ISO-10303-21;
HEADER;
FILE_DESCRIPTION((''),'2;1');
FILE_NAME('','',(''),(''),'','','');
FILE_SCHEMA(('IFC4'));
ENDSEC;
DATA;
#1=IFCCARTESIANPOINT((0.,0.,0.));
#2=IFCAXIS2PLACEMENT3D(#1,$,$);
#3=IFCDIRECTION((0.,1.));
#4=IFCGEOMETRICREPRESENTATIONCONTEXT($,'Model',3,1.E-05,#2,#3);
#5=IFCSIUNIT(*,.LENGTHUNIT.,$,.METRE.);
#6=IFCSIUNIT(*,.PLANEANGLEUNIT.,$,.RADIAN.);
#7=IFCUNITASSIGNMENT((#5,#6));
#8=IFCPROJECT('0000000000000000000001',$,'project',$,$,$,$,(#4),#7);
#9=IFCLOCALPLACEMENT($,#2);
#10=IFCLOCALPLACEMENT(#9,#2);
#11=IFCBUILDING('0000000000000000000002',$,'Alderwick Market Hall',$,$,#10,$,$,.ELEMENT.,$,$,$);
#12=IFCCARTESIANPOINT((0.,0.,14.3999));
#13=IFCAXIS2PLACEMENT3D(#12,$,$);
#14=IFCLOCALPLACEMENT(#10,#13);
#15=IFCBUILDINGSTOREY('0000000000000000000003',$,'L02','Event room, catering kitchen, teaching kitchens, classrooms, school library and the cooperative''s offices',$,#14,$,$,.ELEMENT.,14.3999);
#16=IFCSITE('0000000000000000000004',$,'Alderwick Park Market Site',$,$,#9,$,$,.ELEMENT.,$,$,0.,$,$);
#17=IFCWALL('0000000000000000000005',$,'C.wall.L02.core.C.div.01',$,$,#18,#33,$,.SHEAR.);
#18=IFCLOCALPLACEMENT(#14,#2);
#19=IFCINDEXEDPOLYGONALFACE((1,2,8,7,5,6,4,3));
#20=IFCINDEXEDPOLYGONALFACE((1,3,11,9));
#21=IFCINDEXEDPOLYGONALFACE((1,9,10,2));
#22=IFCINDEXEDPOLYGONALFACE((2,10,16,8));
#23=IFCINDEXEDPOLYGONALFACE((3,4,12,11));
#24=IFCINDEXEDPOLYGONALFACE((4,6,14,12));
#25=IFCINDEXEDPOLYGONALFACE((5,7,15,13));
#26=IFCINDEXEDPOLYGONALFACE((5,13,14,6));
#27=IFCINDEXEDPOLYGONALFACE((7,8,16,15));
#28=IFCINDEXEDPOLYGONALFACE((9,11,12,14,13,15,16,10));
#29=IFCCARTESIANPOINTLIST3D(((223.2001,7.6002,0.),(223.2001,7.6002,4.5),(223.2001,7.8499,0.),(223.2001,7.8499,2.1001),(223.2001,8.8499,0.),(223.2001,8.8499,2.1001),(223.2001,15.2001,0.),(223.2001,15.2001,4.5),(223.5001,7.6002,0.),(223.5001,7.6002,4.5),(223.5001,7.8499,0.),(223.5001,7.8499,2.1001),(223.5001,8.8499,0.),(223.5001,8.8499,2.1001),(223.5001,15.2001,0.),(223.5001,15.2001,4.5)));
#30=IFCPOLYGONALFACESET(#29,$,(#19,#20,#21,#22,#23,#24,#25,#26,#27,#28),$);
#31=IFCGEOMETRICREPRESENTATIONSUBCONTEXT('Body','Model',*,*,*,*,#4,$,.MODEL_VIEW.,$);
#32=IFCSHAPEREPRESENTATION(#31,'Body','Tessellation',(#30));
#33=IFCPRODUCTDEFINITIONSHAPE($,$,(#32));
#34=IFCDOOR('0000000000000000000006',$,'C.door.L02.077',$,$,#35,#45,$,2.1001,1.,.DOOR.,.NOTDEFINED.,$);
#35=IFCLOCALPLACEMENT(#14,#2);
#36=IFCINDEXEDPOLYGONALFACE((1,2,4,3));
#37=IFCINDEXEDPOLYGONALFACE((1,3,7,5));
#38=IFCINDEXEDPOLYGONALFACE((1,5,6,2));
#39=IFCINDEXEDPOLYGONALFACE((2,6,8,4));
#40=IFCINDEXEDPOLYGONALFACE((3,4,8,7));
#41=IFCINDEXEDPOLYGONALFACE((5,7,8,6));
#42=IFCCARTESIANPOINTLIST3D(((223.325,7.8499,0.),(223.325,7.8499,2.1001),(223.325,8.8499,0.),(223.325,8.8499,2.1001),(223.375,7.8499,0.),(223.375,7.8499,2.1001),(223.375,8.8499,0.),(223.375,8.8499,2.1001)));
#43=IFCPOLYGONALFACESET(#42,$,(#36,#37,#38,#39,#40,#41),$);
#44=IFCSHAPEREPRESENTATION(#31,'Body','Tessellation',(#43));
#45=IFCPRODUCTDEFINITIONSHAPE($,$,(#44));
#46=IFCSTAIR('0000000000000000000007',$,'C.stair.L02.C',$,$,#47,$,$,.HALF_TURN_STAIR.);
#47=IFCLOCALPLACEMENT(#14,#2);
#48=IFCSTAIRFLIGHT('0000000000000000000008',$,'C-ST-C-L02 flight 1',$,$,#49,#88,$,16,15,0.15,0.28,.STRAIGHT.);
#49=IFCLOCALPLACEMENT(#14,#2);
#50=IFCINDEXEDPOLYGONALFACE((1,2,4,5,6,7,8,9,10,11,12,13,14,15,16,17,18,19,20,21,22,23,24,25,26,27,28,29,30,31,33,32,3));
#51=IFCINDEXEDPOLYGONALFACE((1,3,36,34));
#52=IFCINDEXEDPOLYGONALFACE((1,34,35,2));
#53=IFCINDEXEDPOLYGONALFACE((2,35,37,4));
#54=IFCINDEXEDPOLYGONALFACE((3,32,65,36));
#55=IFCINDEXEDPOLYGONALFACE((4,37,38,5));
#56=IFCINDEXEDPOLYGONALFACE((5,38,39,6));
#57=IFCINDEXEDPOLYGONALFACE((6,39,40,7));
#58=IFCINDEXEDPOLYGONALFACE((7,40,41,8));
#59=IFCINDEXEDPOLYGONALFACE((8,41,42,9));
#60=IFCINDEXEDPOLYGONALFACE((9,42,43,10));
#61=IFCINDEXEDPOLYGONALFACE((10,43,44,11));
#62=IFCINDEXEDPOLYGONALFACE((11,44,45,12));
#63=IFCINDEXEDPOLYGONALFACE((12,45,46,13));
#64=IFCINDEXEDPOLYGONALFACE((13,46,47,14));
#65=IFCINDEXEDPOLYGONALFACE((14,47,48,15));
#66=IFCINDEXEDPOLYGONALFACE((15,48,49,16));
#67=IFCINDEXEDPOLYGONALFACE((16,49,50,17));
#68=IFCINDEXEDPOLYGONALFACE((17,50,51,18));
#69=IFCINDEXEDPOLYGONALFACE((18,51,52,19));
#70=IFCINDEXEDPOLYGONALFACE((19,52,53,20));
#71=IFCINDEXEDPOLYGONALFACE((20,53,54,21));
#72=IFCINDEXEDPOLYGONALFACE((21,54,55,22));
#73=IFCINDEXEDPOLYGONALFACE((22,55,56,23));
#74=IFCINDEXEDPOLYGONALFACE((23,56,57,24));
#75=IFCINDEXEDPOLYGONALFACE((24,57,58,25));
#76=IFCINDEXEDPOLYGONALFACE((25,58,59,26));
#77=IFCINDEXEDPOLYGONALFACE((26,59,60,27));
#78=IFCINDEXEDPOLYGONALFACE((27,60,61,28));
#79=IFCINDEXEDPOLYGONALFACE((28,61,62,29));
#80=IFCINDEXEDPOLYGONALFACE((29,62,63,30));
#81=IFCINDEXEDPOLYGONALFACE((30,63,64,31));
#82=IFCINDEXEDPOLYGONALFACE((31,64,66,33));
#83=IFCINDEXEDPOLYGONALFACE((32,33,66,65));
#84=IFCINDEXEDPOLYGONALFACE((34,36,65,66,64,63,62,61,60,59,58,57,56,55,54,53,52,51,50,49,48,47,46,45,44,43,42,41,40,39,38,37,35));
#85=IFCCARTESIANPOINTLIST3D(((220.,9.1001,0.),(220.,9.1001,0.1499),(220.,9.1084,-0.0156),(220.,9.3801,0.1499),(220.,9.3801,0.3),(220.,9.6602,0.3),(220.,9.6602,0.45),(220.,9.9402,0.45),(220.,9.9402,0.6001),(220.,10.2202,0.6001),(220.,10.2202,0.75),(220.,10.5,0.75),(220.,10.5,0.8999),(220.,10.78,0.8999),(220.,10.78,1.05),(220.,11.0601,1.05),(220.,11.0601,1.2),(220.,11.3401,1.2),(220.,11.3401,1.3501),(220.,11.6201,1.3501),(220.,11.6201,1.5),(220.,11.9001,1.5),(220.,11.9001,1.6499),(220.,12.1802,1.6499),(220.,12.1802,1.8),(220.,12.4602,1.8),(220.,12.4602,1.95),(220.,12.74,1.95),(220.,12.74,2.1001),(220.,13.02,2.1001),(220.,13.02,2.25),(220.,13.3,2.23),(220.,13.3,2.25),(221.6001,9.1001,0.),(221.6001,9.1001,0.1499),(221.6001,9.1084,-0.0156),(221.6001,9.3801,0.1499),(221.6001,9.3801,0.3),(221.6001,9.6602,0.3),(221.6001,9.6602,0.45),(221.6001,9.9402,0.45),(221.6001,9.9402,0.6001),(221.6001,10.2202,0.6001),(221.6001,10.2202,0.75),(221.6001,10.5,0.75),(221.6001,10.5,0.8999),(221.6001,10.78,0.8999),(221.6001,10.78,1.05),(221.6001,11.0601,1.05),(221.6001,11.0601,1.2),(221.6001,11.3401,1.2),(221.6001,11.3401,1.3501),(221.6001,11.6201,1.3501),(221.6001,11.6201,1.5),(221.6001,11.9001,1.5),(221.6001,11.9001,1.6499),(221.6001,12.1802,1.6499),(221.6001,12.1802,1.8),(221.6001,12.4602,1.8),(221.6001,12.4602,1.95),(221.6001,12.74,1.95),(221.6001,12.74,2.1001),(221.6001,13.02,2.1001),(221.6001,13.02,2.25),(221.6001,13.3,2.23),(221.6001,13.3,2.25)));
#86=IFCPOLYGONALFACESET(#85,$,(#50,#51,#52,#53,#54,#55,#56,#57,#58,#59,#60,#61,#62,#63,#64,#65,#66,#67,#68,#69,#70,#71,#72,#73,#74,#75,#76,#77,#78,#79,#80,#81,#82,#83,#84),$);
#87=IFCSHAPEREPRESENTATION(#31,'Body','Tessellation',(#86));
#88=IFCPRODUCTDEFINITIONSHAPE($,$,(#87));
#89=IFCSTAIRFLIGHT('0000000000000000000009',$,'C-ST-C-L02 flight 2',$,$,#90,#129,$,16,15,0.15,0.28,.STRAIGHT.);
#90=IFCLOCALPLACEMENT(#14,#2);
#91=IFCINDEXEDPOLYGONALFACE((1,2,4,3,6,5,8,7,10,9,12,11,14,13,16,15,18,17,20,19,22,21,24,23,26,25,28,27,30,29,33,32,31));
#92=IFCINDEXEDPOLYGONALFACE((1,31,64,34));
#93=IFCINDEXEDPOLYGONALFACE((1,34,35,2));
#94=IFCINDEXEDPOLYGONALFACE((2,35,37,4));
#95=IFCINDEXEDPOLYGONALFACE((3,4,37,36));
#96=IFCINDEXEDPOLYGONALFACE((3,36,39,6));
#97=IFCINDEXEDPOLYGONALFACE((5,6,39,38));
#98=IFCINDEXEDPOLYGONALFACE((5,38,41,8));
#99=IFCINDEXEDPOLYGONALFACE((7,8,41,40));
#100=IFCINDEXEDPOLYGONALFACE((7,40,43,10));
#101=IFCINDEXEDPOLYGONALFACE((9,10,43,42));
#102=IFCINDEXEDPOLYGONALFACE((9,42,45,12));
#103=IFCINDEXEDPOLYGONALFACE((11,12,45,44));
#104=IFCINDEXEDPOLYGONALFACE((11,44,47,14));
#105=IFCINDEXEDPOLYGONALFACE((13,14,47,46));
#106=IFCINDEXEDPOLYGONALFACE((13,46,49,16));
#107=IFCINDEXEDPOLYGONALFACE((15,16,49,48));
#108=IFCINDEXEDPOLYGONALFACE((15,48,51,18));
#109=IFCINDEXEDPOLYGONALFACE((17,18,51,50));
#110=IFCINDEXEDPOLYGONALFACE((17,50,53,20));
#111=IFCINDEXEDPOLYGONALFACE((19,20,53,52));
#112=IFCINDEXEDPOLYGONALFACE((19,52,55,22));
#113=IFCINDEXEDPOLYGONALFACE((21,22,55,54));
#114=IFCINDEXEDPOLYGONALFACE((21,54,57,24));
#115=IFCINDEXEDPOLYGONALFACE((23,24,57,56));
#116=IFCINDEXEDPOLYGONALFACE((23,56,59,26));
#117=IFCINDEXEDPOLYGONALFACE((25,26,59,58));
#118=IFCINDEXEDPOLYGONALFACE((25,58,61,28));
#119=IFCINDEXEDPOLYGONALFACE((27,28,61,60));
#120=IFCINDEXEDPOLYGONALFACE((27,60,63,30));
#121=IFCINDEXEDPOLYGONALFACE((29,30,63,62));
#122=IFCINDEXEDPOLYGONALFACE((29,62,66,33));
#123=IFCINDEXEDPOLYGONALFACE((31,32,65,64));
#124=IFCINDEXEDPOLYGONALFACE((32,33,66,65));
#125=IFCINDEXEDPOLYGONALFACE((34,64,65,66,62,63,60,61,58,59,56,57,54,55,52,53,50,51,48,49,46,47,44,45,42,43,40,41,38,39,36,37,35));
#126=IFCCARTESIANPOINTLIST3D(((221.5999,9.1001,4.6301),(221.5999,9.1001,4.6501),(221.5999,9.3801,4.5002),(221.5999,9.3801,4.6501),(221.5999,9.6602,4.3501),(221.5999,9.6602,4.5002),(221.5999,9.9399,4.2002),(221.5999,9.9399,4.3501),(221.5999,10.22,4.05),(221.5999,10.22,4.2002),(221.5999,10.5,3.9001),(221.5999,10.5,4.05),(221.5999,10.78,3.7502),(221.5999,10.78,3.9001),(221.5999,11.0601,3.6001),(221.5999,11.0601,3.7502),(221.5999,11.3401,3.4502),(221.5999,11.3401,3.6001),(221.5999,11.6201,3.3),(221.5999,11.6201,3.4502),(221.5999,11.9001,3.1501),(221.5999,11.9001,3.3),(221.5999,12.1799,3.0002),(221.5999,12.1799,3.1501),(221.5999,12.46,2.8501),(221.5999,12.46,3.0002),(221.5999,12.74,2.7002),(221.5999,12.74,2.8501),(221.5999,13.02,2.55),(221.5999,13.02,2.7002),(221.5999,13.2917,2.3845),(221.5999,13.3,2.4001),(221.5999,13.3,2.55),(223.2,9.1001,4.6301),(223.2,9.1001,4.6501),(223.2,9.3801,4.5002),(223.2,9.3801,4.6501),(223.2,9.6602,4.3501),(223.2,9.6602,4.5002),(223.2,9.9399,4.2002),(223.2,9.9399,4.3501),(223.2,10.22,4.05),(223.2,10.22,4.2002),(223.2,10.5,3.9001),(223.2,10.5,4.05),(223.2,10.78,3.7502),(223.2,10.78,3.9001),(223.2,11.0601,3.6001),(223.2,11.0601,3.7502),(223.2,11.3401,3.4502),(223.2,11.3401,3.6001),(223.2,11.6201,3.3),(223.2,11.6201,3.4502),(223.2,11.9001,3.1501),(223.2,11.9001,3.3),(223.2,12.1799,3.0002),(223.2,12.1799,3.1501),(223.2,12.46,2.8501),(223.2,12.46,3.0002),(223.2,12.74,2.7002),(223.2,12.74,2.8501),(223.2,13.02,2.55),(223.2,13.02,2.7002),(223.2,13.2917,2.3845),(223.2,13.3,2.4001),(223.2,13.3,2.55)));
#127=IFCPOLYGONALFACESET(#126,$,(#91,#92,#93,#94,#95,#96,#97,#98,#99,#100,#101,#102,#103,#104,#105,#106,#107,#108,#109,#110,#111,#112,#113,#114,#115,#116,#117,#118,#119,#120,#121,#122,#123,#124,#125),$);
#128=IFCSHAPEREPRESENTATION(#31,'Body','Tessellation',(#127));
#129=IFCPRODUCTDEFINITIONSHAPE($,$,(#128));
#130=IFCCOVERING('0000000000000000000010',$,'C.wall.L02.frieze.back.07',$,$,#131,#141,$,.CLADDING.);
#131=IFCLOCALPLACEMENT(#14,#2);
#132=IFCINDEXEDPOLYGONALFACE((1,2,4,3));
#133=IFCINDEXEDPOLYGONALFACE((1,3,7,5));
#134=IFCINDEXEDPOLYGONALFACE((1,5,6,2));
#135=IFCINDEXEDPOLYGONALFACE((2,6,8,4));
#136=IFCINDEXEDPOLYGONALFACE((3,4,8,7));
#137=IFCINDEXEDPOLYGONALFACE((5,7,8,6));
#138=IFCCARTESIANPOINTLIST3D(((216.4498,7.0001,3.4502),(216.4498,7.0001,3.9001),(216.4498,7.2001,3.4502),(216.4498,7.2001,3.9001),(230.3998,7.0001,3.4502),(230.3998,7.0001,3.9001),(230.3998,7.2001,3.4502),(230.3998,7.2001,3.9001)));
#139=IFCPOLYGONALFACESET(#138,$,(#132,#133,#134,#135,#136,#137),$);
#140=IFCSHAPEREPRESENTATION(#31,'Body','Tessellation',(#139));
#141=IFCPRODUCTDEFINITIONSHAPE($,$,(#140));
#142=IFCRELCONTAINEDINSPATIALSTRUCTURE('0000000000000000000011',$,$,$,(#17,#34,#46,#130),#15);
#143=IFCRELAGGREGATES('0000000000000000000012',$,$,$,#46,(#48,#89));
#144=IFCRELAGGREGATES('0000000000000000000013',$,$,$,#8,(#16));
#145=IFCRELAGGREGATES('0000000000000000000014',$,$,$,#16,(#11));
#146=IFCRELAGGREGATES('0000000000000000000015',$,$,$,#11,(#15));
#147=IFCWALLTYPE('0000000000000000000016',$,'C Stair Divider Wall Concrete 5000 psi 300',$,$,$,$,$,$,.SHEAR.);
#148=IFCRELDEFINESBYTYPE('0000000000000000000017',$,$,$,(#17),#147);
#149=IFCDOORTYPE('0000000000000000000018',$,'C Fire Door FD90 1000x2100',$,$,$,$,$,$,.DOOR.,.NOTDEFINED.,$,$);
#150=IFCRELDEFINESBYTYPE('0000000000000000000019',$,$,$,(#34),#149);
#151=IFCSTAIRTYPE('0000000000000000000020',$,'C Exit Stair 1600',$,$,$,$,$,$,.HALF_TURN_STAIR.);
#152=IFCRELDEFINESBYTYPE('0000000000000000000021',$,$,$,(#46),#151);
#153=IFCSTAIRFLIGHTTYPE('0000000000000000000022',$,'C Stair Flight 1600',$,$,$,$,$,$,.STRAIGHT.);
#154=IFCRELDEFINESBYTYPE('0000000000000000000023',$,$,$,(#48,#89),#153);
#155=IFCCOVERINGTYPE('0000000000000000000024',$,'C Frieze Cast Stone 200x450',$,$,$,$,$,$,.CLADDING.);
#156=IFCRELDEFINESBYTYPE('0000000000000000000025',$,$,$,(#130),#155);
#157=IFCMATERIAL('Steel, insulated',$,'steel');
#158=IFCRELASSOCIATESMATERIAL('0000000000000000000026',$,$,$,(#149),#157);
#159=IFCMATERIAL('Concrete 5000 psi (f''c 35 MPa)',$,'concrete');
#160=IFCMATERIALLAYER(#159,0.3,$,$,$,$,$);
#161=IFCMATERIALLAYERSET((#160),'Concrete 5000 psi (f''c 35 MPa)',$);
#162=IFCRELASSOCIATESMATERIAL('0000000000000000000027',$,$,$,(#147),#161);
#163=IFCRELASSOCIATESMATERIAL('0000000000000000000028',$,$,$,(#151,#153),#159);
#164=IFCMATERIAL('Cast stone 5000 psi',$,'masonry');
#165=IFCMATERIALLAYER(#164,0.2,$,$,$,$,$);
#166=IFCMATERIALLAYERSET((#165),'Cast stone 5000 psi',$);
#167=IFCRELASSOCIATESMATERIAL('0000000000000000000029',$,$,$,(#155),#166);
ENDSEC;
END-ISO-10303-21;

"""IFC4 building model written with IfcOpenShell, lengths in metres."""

from ifc_helpers import new_model, si_unit, direction, frame, frame_2d, origin, place, context, subcontext, project, spatial, polyline, rectangle, outline, extrude, material, layer, layer_set, type_object, element, fill, aggregate, save


model = new_model("IFC4")

# Units and contexts
model_context = context("Model", 3, precision=1e-05, world=origin(), true_north=direction((0.0, 1.0)))
body_context = subcontext(model_context, "Body", "Model", "MODEL_VIEW")
ifc_project = project(units=[si_unit("LENGTHUNIT", "METRE"), si_unit("PLANEANGLEUNIT", "RADIAN")], contexts=[model_context])

# Site, building, storey
site_placement = place(None, origin())
site = spatial("IfcSite", under=ifc_project, at=site_placement, Name="Alderwick Park Market Site", CompositionType="ELEMENT", RefElevation=0.0)
building_placement = place(site_placement, origin())
building = spatial("IfcBuilding", under=site, at=building_placement, Name="Alderwick Market Hall", CompositionType="ELEMENT")
storey_placement = place(building_placement, frame((0.0, 0.0, 14.3999)))
storey = spatial("IfcBuildingStorey", under=building, at=storey_placement, Name="L02", Description="Event room, catering kitchen, teaching kitchens, classrooms, school library and the cooperative's offices", CompositionType="ELEMENT", Elevation=14.3999)

# Shared definitions
ifc_material_1 = material(Name="Concrete 5000 psi (f'c 35 MPa)", Category="concrete")

# Shared definitions
ifc_material_2 = material(Name="Steel, insulated", Category="steel")

# Shared definitions
ifc_material_3 = material(Name="Cast stone 5000 psi", Category="masonry")

# Shared definitions
door_type_1 = type_object("IfcDoorType", Name="C Fire Door FD90 1000x2100", OperationType="NOTDEFINED", PredefinedType="DOOR", material=ifc_material_2)

# Wall, opening, door
ifc_layer_1 = layer(ifc_material_1, 0.3)
ifc_layer_set_1 = layer_set([ifc_layer_1], Name="Concrete 5000 psi (f'c 35 MPa)")
wall_type_1 = type_object("IfcWallType", Name="C Stair Divider Wall Concrete 5000 psi 300", PredefinedType="SHEAR", material=ifc_layer_set_1)
wall_1_placement = place(storey_placement, frame((223.3501, 15.2, 0.0), z_axis=(0.0, 0.0, 1.0), x_axis=(0.0, -1.0, 0.0)))
wall_1 = element("IfcWall", 1, at=wall_1_placement, inside=storey, type_object=wall_type_1, Name="C.wall.L02.core.C.div.01", PredefinedType="SHEAR", context=body_context, shape_type="SweptSolid", body=[
    extrude(rectangle(XDim=7.5999, YDim=0.3, at=frame_2d((3.7998, 0.0))), origin(), (0.0, 0.0, 1.0), 4.5),
])
opening_1_placement = place(wall_1_placement, frame((6.3501, 0.0, 0.0)))
opening_1 = element("IfcOpeningElement", 2, at=opening_1_placement, cuts=wall_1, PredefinedType="OPENING", context=body_context, shape_type="SweptSolid", body=[
    extrude(rectangle(XDim=1.0, YDim=2.1001, at=frame_2d((0.5, 1.05))), frame((0.0, 0.1599, 0.0), z_axis=(0.0, -1.0, 0.0), x_axis=(1.0, 0.0, 0.0)), (0.0, 0.0, 1.0), 0.3201),
])
door_1_placement = place(opening_1_placement, origin())
door_1 = element("IfcDoor", 3, at=door_1_placement, inside=storey, type_object=door_type_1, Name="C.door.L02.077", OperationType="NOTDEFINED", OverallHeight=2.1001, OverallWidth=1.0, PredefinedType="DOOR", context=body_context, shape_type="SweptSolid", body=[
    extrude(rectangle(XDim=1.0, YDim=2.1001, at=frame_2d((0.5, 1.05))), frame((0.0, 0.0249, 0.0), z_axis=(0.0, -1.0, 0.0), x_axis=(1.0, 0.0, 0.0)), (0.0, 0.0, 1.0), 0.05),
])
fill(opening_1, door_1)

# Stair, stair flights
stair_type = type_object("IfcStairType", Name="C Exit Stair 1600", PredefinedType="HALF_TURN_STAIR", material=ifc_material_1)
stair_placement = place(storey_placement, origin())
stair = element("IfcStair", 4, at=stair_placement, inside=storey, type_object=stair_type, Name="C.stair.L02.C", PredefinedType="HALF_TURN_STAIR")
stair_flight_type = type_object("IfcStairFlightType", Name="C Stair Flight 1600", PredefinedType="STRAIGHT", material=ifc_material_1)
stair_flight_1_placement = place(storey_placement, frame((220.8, 9.1001, 0.0), z_axis=(0.0, 0.0, 1.0), x_axis=(0.0, 1.0, 0.0)))
stair_flight_1 = element("IfcStairFlight", 5, at=stair_flight_1_placement, type_object=stair_flight_type, Name="C-ST-C-L02 flight 1", NumberOfRisers=16, NumberOfTreads=15, PredefinedType="STRAIGHT", RiserHeight=0.15, TreadLength=0.28, context=body_context, shape_type="SweptSolid", body=[
    extrude(outline(polyline([(0.0083, -0.0156), (0.0, 0.0), (0.0, 0.1499), (0.28, 0.1499), (0.28, 0.3), (0.5601, 0.3), (0.5601, 0.45), (0.8401, 0.45), (0.8401, 0.6001), (1.1201, 0.6001), (1.1201, 0.75), (1.3999, 0.75), (1.3999, 0.8999), (1.6799, 0.8999), (1.6799, 1.05), (1.96, 1.05), (1.96, 1.2), (2.24, 1.2), (2.24, 1.3501), (2.52, 1.3501), (2.52, 1.5), (2.8, 1.5), (2.8, 1.6499), (3.0801, 1.6499), (3.0801, 1.8), (3.3601, 1.8), (3.3601, 1.95), (3.6399, 1.95), (3.6399, 2.1001), (3.9199, 2.1001), (3.9199, 2.25), (4.2, 2.25), (4.2, 2.23), (0.0083, -0.0156)])), frame((0.0, 0.8, 0.0), z_axis=(0.0, -1.0, 0.0), x_axis=(1.0, 0.0, 0.0)), (0.0, 0.0, 1.0), 1.6001),
])
stair_flight_2_placement = place(storey_placement, frame((222.3999, 13.3, 2.4001), z_axis=(0.0, 0.0, 1.0), x_axis=(0.0, -1.0, 0.0)))
stair_flight_2 = element("IfcStairFlight", 6, at=stair_flight_2_placement, type_object=stair_flight_type, Name="C-ST-C-L02 flight 2", NumberOfRisers=16, NumberOfTreads=15, PredefinedType="STRAIGHT", RiserHeight=0.15, TreadLength=0.28, context=body_context, shape_type="SweptSolid", body=[
    extrude(outline(polyline([(0.0083, -0.0156), (0.0, 0.0), (0.0, 0.1499), (0.28, 0.1499), (0.28, 0.3), (0.5601, 0.3), (0.5601, 0.45), (0.8401, 0.45), (0.8401, 0.6001), (1.1201, 0.6001), (1.1201, 0.75), (1.3999, 0.75), (1.3999, 0.8999), (1.6799, 0.8999), (1.6799, 1.05), (1.96, 1.05), (1.96, 1.2), (2.24, 1.2), (2.24, 1.3501), (2.52, 1.3501), (2.52, 1.5), (2.8, 1.5), (2.8, 1.6499), (3.0801, 1.6499), (3.0801, 1.8), (3.3601, 1.8), (3.3601, 1.95), (3.6399, 1.95), (3.6399, 2.1001), (3.9199, 2.1001), (3.9199, 2.25), (4.2, 2.25), (4.2, 2.23), (0.0083, -0.0156)])), frame((0.0, 0.8, 0.0), z_axis=(0.0, -1.0, 0.0), x_axis=(1.0, 0.0, 0.0)), (0.0, 0.0, 1.0), 1.6001),
])
aggregate(stair, [stair_flight_1, stair_flight_2])

# Covering
ifc_layer_2 = layer(ifc_material_3, 0.2)
ifc_layer_set_2 = layer_set([ifc_layer_2], Name="Cast stone 5000 psi")
covering_type = type_object("IfcCoveringType", Name="C Frieze Cast Stone 200x450", PredefinedType="CLADDING", material=ifc_layer_set_2)
covering_placement = place(storey_placement, frame((230.3999, 7.1001, 3.4502), z_axis=(0.0, 0.0, 1.0), x_axis=(-1.0, 0.0, 0.0)))
element("IfcCovering", 7, at=covering_placement, inside=storey, type_object=covering_type, Name="C.wall.L02.frieze.back.07", PredefinedType="CLADDING", context=body_context, shape_type="SweptSolid", body=[
    extrude(rectangle(XDim=13.95, YDim=0.2, at=frame_2d((6.9751, 0.0))), origin(), (0.0, 0.0, 1.0), 0.45),
])

save(model, "model.ifc")
